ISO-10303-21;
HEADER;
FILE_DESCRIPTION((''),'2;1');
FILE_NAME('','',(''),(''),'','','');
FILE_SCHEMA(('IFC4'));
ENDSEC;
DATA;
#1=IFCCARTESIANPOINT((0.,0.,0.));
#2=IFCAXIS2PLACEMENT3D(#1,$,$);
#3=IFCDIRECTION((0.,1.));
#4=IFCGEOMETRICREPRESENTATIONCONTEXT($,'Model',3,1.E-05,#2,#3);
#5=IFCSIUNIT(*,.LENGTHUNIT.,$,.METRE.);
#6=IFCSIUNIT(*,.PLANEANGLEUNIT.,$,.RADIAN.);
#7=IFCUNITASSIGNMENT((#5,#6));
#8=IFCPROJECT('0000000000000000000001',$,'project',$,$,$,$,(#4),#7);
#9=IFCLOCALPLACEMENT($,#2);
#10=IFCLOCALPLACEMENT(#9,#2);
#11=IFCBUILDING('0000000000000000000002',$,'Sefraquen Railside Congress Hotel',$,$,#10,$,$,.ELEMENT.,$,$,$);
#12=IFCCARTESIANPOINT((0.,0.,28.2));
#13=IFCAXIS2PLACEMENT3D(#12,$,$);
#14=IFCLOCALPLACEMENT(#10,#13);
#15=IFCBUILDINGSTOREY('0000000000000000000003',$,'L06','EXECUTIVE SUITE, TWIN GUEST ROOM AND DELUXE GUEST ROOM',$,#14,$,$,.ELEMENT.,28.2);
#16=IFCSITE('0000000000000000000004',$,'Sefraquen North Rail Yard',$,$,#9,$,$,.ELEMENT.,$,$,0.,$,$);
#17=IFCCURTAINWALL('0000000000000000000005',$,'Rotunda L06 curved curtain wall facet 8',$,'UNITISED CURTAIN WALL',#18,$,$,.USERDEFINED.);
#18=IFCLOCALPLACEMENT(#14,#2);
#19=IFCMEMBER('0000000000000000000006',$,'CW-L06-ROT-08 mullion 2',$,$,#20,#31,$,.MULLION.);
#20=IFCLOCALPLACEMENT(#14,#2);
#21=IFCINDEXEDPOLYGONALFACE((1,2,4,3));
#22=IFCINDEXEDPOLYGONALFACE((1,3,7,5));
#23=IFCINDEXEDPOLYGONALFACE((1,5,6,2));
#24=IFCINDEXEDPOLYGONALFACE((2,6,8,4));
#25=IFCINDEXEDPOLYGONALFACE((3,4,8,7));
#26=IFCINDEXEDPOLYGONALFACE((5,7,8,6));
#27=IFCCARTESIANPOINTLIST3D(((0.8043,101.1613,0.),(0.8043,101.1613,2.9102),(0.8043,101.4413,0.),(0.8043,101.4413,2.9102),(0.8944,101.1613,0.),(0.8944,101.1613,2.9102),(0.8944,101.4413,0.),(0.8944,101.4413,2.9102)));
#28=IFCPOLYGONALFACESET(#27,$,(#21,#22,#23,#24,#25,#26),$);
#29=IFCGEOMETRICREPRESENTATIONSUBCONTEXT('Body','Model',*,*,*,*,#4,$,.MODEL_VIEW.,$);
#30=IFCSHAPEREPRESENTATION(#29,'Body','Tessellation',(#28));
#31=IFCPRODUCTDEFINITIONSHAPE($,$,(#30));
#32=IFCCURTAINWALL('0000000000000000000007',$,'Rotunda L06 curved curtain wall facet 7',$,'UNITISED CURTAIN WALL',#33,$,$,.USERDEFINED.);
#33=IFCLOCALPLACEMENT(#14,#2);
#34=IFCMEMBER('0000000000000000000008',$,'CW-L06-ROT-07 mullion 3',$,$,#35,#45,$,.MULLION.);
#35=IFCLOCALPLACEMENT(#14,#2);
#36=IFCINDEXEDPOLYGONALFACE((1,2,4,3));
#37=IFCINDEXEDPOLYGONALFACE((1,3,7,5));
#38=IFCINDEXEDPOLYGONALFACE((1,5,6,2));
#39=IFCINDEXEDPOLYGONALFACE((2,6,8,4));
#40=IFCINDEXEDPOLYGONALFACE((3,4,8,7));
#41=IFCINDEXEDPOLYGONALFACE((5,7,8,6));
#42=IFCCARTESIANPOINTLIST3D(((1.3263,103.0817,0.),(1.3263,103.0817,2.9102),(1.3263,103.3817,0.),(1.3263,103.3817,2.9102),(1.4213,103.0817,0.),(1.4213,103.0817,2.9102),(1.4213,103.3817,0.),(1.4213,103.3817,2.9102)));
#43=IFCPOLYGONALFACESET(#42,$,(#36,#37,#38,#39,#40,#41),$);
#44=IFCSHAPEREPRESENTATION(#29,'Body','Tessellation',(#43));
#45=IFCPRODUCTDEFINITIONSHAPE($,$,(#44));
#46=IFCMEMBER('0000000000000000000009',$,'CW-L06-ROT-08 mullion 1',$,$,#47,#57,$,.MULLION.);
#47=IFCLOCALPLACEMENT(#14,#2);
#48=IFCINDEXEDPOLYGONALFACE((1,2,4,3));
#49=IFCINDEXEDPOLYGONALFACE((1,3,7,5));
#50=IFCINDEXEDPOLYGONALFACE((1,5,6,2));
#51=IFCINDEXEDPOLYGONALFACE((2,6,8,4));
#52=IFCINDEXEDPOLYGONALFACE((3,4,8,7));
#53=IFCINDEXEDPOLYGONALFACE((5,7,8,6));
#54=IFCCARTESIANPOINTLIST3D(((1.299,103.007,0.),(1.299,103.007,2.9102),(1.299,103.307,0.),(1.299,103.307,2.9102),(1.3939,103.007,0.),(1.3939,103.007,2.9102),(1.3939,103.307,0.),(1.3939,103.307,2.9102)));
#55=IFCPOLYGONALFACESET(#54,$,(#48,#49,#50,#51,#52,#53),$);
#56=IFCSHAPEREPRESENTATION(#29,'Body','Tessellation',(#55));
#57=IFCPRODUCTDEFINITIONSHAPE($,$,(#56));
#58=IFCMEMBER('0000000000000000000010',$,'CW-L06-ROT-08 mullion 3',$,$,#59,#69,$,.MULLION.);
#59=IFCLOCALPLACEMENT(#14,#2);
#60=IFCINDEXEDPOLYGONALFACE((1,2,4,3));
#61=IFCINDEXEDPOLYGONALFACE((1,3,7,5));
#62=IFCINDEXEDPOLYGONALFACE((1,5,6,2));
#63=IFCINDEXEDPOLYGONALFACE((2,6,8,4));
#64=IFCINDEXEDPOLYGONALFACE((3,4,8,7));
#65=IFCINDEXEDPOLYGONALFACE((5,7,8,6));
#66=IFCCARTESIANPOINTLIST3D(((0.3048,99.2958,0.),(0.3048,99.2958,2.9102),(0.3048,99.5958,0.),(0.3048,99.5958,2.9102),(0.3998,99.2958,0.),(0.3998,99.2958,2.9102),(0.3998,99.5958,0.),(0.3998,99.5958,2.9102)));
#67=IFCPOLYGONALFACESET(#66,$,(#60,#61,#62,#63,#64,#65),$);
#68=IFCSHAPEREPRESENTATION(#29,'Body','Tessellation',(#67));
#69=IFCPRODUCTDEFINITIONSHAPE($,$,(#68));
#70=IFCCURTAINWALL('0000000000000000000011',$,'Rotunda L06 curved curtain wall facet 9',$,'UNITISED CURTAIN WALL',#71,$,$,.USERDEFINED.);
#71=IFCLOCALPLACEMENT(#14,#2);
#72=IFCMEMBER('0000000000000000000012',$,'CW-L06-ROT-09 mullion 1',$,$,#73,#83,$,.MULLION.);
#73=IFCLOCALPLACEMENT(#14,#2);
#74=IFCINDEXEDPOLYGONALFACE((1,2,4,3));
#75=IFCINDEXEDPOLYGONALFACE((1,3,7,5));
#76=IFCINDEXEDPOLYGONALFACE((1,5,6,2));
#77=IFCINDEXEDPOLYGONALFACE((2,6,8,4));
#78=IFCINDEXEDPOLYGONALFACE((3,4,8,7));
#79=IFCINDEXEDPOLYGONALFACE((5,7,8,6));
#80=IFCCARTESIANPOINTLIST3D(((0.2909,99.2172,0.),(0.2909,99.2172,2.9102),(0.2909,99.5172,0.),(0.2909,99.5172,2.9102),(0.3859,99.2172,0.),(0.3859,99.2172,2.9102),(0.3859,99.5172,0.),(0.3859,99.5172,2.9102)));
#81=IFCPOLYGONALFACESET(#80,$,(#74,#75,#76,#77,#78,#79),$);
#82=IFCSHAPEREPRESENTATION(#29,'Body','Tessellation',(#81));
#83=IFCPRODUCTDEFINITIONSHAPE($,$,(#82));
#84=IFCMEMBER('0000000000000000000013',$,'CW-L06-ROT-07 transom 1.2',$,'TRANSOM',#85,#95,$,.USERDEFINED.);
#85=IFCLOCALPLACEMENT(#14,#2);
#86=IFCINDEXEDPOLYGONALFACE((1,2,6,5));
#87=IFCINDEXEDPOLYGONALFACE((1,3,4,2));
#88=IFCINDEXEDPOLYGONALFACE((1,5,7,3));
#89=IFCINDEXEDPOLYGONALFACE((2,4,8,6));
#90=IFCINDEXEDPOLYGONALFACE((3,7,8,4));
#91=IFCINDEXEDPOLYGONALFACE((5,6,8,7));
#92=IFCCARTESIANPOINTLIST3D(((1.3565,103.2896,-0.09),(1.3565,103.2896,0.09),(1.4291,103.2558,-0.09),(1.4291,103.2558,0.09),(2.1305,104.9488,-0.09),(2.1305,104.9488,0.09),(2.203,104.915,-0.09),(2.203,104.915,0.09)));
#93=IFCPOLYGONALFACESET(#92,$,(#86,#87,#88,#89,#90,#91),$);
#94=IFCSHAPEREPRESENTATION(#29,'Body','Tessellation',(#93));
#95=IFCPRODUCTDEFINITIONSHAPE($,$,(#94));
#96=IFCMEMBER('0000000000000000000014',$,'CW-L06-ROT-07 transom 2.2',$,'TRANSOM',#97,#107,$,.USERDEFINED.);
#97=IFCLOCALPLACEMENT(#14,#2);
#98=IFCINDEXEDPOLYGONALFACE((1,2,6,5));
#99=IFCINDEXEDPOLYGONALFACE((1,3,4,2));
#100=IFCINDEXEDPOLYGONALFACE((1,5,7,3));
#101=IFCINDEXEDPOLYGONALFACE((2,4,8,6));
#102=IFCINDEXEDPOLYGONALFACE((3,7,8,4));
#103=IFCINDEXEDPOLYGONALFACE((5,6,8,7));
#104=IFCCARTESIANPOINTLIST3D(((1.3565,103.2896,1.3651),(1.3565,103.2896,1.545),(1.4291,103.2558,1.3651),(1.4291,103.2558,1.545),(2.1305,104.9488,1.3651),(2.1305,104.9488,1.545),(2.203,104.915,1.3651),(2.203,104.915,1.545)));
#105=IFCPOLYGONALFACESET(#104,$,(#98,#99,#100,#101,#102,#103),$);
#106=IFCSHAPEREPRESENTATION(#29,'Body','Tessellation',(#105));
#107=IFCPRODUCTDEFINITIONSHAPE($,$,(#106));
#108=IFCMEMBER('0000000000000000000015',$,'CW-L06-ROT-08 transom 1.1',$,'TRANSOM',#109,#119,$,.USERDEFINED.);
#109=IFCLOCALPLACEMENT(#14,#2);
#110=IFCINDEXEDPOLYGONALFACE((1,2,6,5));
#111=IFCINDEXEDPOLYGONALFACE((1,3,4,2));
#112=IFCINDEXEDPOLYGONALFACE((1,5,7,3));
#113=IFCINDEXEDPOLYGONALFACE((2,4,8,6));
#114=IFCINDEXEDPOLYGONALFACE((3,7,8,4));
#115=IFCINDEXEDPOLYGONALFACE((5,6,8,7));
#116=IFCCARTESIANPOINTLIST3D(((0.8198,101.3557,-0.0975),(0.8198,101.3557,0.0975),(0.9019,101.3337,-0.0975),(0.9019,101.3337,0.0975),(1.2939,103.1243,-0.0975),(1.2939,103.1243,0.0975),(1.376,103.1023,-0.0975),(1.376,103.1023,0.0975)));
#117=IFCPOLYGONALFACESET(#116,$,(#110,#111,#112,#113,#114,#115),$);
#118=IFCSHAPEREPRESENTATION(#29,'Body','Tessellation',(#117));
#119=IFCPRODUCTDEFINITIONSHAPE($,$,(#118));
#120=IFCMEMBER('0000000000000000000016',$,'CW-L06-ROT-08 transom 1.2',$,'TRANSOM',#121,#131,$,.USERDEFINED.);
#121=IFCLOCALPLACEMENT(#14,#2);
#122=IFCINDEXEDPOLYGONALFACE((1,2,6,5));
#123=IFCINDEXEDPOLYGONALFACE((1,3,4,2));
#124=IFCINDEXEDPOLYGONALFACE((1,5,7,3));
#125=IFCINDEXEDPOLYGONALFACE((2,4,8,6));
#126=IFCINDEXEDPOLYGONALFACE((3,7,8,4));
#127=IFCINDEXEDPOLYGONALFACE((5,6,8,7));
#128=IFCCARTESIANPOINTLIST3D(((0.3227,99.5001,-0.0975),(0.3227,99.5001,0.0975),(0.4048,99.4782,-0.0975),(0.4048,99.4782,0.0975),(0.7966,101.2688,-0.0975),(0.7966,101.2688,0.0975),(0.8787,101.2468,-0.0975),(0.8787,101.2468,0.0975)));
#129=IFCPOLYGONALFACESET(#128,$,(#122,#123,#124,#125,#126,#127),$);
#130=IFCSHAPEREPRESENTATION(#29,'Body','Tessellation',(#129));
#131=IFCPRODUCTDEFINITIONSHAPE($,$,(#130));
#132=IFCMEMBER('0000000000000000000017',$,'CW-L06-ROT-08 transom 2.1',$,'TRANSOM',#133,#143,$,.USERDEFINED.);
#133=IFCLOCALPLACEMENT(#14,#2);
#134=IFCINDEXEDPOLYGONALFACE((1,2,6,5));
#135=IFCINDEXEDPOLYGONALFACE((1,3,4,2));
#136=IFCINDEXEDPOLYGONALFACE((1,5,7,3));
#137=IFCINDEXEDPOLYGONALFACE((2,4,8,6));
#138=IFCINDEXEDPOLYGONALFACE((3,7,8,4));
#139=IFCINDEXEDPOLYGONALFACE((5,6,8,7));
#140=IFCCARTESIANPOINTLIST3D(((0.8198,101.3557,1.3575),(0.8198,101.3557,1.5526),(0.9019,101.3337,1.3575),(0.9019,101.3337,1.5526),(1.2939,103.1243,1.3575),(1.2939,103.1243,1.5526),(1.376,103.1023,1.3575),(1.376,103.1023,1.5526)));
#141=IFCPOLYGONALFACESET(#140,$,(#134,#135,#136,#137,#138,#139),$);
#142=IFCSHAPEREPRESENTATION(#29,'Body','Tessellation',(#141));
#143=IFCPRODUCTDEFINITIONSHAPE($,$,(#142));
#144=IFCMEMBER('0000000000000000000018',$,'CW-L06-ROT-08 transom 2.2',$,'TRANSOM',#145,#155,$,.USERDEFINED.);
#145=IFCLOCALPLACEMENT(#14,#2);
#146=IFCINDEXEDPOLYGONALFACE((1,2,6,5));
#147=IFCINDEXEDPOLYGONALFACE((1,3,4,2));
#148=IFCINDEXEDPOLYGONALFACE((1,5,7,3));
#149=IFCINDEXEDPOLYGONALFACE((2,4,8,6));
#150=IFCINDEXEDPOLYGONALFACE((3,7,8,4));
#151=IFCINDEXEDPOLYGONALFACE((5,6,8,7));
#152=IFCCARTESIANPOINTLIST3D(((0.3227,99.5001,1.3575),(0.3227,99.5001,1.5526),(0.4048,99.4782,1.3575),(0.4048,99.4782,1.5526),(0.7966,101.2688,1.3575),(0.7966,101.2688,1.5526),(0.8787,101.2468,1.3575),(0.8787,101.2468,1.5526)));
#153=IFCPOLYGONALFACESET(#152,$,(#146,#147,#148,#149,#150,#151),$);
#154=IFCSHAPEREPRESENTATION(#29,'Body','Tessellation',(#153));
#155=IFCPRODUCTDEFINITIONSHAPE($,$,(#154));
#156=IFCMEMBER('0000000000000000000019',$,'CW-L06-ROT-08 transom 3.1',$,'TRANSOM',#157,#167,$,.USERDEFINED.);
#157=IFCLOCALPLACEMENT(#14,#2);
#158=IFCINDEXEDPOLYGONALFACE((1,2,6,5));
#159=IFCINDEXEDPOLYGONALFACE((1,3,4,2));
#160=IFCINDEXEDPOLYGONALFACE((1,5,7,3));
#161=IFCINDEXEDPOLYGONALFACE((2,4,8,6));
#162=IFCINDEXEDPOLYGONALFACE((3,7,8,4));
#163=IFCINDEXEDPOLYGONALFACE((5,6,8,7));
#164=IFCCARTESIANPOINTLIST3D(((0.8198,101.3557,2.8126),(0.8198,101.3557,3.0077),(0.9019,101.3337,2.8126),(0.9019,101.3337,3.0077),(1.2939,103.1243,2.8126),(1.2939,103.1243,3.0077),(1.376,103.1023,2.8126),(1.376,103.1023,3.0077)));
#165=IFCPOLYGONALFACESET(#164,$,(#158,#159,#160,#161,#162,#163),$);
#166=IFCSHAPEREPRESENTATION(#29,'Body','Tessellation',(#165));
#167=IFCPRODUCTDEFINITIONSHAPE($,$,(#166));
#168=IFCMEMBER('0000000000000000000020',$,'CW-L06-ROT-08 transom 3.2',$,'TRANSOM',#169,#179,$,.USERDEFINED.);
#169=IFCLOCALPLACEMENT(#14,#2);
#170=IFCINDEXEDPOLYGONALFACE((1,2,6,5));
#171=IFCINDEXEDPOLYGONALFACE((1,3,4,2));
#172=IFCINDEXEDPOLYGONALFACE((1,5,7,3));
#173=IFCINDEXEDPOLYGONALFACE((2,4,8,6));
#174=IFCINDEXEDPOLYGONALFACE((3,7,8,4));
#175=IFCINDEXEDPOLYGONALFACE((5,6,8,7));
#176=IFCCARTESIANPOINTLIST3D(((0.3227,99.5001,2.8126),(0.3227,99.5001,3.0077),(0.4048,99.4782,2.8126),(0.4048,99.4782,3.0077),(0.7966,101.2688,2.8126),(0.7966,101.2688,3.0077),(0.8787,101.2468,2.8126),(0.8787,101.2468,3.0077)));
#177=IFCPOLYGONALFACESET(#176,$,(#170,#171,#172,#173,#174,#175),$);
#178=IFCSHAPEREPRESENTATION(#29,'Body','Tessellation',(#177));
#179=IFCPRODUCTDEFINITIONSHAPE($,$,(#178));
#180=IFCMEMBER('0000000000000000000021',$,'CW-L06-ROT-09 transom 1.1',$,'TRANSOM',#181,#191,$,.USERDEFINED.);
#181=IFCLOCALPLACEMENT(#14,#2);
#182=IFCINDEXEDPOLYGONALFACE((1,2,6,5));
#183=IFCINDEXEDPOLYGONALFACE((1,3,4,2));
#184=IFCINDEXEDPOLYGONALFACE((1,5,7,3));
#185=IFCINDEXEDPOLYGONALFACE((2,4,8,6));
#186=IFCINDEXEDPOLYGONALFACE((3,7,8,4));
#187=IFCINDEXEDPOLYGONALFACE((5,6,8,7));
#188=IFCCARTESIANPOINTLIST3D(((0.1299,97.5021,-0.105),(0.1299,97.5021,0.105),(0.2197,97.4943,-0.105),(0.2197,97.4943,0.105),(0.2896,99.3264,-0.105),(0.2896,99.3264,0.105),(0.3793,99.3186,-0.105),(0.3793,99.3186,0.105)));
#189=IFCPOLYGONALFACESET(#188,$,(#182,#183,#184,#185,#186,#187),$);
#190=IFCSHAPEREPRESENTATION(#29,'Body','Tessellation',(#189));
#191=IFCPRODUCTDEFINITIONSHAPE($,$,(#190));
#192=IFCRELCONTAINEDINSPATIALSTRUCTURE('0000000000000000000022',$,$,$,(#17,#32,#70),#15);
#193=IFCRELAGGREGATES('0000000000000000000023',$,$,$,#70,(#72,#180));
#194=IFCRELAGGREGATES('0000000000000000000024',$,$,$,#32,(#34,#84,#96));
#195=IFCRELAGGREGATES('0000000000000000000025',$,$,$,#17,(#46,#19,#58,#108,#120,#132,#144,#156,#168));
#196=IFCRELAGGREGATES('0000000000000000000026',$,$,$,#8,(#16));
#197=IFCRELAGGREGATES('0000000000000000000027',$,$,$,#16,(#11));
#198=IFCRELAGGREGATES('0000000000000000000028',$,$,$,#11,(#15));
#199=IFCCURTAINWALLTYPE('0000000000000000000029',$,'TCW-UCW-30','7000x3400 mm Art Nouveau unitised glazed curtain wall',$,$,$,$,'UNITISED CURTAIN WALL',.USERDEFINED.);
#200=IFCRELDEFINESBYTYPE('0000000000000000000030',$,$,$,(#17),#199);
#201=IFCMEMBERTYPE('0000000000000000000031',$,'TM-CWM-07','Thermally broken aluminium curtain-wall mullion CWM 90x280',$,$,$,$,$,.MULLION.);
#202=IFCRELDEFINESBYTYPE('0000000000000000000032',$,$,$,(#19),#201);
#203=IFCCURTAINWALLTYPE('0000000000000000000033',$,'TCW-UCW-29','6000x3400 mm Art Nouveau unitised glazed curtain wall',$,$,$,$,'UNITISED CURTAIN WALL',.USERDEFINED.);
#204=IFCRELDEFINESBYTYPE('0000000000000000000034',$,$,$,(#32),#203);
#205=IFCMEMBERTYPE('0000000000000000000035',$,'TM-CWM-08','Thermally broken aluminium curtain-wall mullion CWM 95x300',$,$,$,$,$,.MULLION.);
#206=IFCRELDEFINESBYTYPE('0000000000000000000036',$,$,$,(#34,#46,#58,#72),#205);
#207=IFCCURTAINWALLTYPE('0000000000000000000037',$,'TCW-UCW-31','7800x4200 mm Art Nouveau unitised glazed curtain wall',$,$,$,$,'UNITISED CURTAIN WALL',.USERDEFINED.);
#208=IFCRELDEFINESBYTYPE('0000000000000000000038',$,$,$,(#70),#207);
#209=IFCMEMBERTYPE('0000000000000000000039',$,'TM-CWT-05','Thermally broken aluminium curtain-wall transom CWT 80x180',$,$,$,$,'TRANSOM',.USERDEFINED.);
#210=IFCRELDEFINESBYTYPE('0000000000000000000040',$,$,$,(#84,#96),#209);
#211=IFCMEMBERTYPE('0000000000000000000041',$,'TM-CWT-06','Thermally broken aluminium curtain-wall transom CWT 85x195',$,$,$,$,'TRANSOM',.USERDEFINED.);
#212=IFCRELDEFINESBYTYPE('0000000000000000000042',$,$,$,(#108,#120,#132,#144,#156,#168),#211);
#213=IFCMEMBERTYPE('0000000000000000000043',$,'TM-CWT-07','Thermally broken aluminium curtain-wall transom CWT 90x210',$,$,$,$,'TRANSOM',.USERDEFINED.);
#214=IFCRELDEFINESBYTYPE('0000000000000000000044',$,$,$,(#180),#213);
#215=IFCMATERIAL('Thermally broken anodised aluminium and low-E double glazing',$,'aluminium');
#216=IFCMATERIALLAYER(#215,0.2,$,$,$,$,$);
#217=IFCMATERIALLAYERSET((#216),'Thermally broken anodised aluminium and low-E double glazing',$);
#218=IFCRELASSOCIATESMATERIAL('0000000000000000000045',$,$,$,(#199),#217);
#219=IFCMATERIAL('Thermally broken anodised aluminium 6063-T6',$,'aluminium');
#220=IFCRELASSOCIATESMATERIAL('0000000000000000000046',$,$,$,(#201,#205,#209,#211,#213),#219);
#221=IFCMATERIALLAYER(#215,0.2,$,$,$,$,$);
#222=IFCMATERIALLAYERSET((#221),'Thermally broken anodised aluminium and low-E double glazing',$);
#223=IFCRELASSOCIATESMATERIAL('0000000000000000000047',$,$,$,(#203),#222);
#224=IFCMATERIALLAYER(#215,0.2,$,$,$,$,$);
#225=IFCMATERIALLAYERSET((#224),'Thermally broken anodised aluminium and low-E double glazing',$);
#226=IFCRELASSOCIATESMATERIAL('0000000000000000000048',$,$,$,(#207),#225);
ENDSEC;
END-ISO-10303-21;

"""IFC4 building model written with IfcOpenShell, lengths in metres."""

from ifc_helpers import new_model, si_unit, direction, frame, origin, origin_2d, place, context, subcontext, project, spatial, rectangle, extrude, material, layer, layer_set, material_profile, profile_set, type_object, element, aggregate, save


model = new_model("IFC4")

# Units and contexts
model_context = context("Model", 3, precision=1e-05, world=origin(), true_north=direction((0.0, 1.0)))
body_context = subcontext(model_context, "Body", "Model", "MODEL_VIEW")
ifc_project = project(units=[si_unit("LENGTHUNIT", "METRE"), si_unit("PLANEANGLEUNIT", "RADIAN")], contexts=[model_context])

# Site, building, storey
site_placement = place(None, origin())
site = spatial("IfcSite", under=ifc_project, at=site_placement, Name="Sefraquen North Rail Yard", CompositionType="ELEMENT", RefElevation=0.0)
building_placement = place(site_placement, origin())
building = spatial("IfcBuilding", under=site, at=building_placement, Name="Sefraquen Railside Congress Hotel", CompositionType="ELEMENT")
storey_placement = place(building_placement, frame((0.0, 0.0, 28.2)))
storey = spatial("IfcBuildingStorey", under=building, at=storey_placement, Name="L06", Description="EXECUTIVE SUITE, TWIN GUEST ROOM AND DELUXE GUEST ROOM", CompositionType="ELEMENT", Elevation=28.2)

# Curtain walls, members
ifc_material_1 = material(Name="Thermally broken anodised aluminium and low-E double glazing", Category="aluminium")
ifc_layer_1 = layer(ifc_material_1, 0.2)
ifc_layer_set_1 = layer_set([ifc_layer_1], Name="Thermally broken anodised aluminium and low-E double glazing")
curtain_wall_type_1 = type_object("IfcCurtainWallType", Name="TCW-UCW-30", Description="7000x3400 mm Art Nouveau unitised glazed curtain wall", ElementType="UNITISED CURTAIN WALL", PredefinedType="USERDEFINED", material=ifc_layer_set_1)
curtain_wall_1_placement = place(storey_placement, origin())
curtain_wall_1 = element("IfcCurtainWall", 1, at=curtain_wall_1_placement, inside=storey, type_object=curtain_wall_type_1, Name="Rotunda L06 curved curtain wall facet 8", ObjectType="UNITISED CURTAIN WALL", PredefinedType="USERDEFINED")
ifc_material_2 = material(Name="Thermally broken anodised aluminium 6063-T6", Category="aluminium")
ifc_material_profile_1 = material_profile(ifc_material_2, rectangle(XDim=0.0901, YDim=0.28, at=origin_2d()), Name="CWM 90x280")
ifc_profile_set_1 = profile_set([ifc_material_profile_1], Name="Thermally broken anodised aluminium 6063-T6")
member_type_1 = type_object("IfcMemberType", Name="TM-CWM-07", Description="Thermally broken aluminium curtain-wall mullion CWM 90x280", PredefinedType="MULLION", material=ifc_profile_set_1)
member_1_placement = place(storey_placement, frame((0.8494, 101.3013, 0.0), z_axis=(0.0, 0.0, 1.0), x_axis=(1.0, 0.0, 0.0)))
member_1 = element("IfcMember", 2, at=member_1_placement, type_object=member_type_1, Name="CW-L06-ROT-08 mullion 2", PredefinedType="MULLION", context=body_context, shape_type="SweptSolid", body=[
    extrude(rectangle(XDim=0.0901, YDim=0.28, at=origin_2d()), origin(), (0.0, 0.0, 1.0), 2.9102),
])
ifc_layer_2 = layer(ifc_material_1, 0.2)
ifc_layer_set_2 = layer_set([ifc_layer_2], Name="Thermally broken anodised aluminium and low-E double glazing")
curtain_wall_type_2 = type_object("IfcCurtainWallType", Name="TCW-UCW-29", Description="6000x3400 mm Art Nouveau unitised glazed curtain wall", ElementType="UNITISED CURTAIN WALL", PredefinedType="USERDEFINED", material=ifc_layer_set_2)
curtain_wall_2_placement = place(storey_placement, origin())
curtain_wall_2 = element("IfcCurtainWall", 3, at=curtain_wall_2_placement, inside=storey, type_object=curtain_wall_type_2, Name="Rotunda L06 curved curtain wall facet 7", ObjectType="UNITISED CURTAIN WALL", PredefinedType="USERDEFINED")
ifc_material_profile_2 = material_profile(ifc_material_2, rectangle(XDim=0.095, YDim=0.3, at=origin_2d()), Name="CWM 95x300")
ifc_profile_set_2 = profile_set([ifc_material_profile_2], Name="Thermally broken anodised aluminium 6063-T6")
member_type_2 = type_object("IfcMemberType", Name="TM-CWM-08", Description="Thermally broken aluminium curtain-wall mullion CWM 95x300", PredefinedType="MULLION", material=ifc_profile_set_2)
member_2_placement = place(storey_placement, frame((1.3738, 103.2317, 0.0), z_axis=(0.0, 0.0, 1.0), x_axis=(1.0, 0.0, 0.0)))
member_2 = element("IfcMember", 4, at=member_2_placement, type_object=member_type_2, Name="CW-L06-ROT-07 mullion 3", PredefinedType="MULLION", context=body_context, shape_type="SweptSolid", body=[
    extrude(rectangle(XDim=0.095, YDim=0.3, at=origin_2d()), origin(), (0.0, 0.0, 1.0), 2.9102),
])

# Members
member_3_placement = place(storey_placement, frame((1.3464, 103.157, 0.0), z_axis=(0.0, 0.0, 1.0), x_axis=(1.0, 0.0, 0.0)))
member_3 = element("IfcMember", 5, at=member_3_placement, type_object=member_type_2, Name="CW-L06-ROT-08 mullion 1", PredefinedType="MULLION", context=body_context, shape_type="SweptSolid", body=[
    extrude(rectangle(XDim=0.095, YDim=0.3, at=origin_2d()), origin(), (0.0, 0.0, 1.0), 2.9102),
])
member_4_placement = place(storey_placement, frame((0.3523, 99.4458, 0.0), z_axis=(0.0, 0.0, 1.0), x_axis=(1.0, 0.0, 0.0)))
member_4 = element("IfcMember", 6, at=member_4_placement, type_object=member_type_2, Name="CW-L06-ROT-08 mullion 3", PredefinedType="MULLION", context=body_context, shape_type="SweptSolid", body=[
    extrude(rectangle(XDim=0.095, YDim=0.3, at=origin_2d()), origin(), (0.0, 0.0, 1.0), 2.9102),
])

# Curtain wall, member
ifc_layer_3 = layer(ifc_material_1, 0.2)
ifc_layer_set_3 = layer_set([ifc_layer_3], Name="Thermally broken anodised aluminium and low-E double glazing")
curtain_wall_type_3 = type_object("IfcCurtainWallType", Name="TCW-UCW-31", Description="7800x4200 mm Art Nouveau unitised glazed curtain wall", ElementType="UNITISED CURTAIN WALL", PredefinedType="USERDEFINED", material=ifc_layer_set_3)
curtain_wall_3_placement = place(storey_placement, origin())
curtain_wall_3 = element("IfcCurtainWall", 7, at=curtain_wall_3_placement, inside=storey, type_object=curtain_wall_type_3, Name="Rotunda L06 curved curtain wall facet 9", ObjectType="UNITISED CURTAIN WALL", PredefinedType="USERDEFINED")
member_5_placement = place(storey_placement, frame((0.3384, 99.3672, 0.0), z_axis=(0.0, 0.0, 1.0), x_axis=(1.0, 0.0, 0.0)))
member_5 = element("IfcMember", 8, at=member_5_placement, type_object=member_type_2, Name="CW-L06-ROT-09 mullion 1", PredefinedType="MULLION", context=body_context, shape_type="SweptSolid", body=[
    extrude(rectangle(XDim=0.095, YDim=0.3, at=origin_2d()), origin(), (0.0, 0.0, 1.0), 2.9102),
])

# Members
ifc_material_profile_3 = material_profile(ifc_material_2, rectangle(XDim=0.0801, YDim=0.1799, at=origin_2d()), Name="CWT 80x180")
ifc_profile_set_3 = profile_set([ifc_material_profile_3], Name="Thermally broken anodised aluminium 6063-T6")
member_type_3 = type_object("IfcMemberType", Name="TM-CWT-05", Description="Thermally broken aluminium curtain-wall transom CWT 80x180", ElementType="TRANSOM", PredefinedType="USERDEFINED", material=ifc_profile_set_3)
member_6_placement = place(storey_placement, frame((2.1667, 104.9319, 0.0), z_axis=(-0.422725, -0.906258, 0.0), x_axis=(0.906258, -0.422725, 0.0)))
member_6 = element("IfcMember", 9, at=member_6_placement, type_object=member_type_3, Name="CW-L06-ROT-07 transom 1.2", ObjectType="TRANSOM", PredefinedType="USERDEFINED", context=body_context, shape_type="SweptSolid", body=[
    extrude(rectangle(XDim=0.0801, YDim=0.1799, at=origin_2d()), origin(), (0.0, 0.0, 1.0), 1.8308),
])
member_7_placement = place(storey_placement, frame((2.1667, 104.9319, 1.4551), z_axis=(-0.422725, -0.906258, 0.0), x_axis=(0.906258, -0.422725, 0.0)))
member_7 = element("IfcMember", 10, at=member_7_placement, type_object=member_type_3, Name="CW-L06-ROT-07 transom 2.2", ObjectType="TRANSOM", PredefinedType="USERDEFINED", context=body_context, shape_type="SweptSolid", body=[
    extrude(rectangle(XDim=0.0801, YDim=0.1799, at=origin_2d()), origin(), (0.0, 0.0, 1.0), 1.8308),
])
ifc_material_profile_4 = material_profile(ifc_material_2, rectangle(XDim=0.085, YDim=0.1951, at=origin_2d()), Name="CWT 85x195")
ifc_profile_set_4 = profile_set([ifc_material_profile_4], Name="Thermally broken anodised aluminium 6063-T6")
member_type_4 = type_object("IfcMemberType", Name="TM-CWT-06", Description="Thermally broken aluminium curtain-wall transom CWT 85x195", ElementType="TRANSOM", PredefinedType="USERDEFINED", material=ifc_profile_set_4)
member_8_placement = place(storey_placement, frame((1.335, 103.1133, 0.0), z_axis=(-0.25894, -0.965893, 0.0), x_axis=(0.965893, -0.25894, 0.0)))
member_8 = element("IfcMember", 11, at=member_8_placement, type_object=member_type_4, Name="CW-L06-ROT-08 transom 1.1", ObjectType="TRANSOM", PredefinedType="USERDEFINED", context=body_context, shape_type="SweptSolid", body=[
    extrude(rectangle(XDim=0.085, YDim=0.1951, at=origin_2d()), origin(), (0.0, 0.0, 1.0), 1.8311),
])
member_9_placement = place(storey_placement, frame((0.8376, 101.2578, 0.0), z_axis=(-0.258816, -0.965927, 0.0), x_axis=(0.965927, -0.258816, 0.0)))
member_9 = element("IfcMember", 12, at=member_9_placement, type_object=member_type_4, Name="CW-L06-ROT-08 transom 1.2", ObjectType="TRANSOM", PredefinedType="USERDEFINED", context=body_context, shape_type="SweptSolid", body=[
    extrude(rectangle(XDim=0.085, YDim=0.1951, at=origin_2d()), origin(), (0.0, 0.0, 1.0), 1.8311),
])
member_10_placement = place(storey_placement, frame((1.335, 103.1133, 1.4551), z_axis=(-0.25894, -0.965893, 0.0), x_axis=(0.965893, -0.25894, 0.0)))
member_10 = element("IfcMember", 13, at=member_10_placement, type_object=member_type_4, Name="CW-L06-ROT-08 transom 2.1", ObjectType="TRANSOM", PredefinedType="USERDEFINED", context=body_context, shape_type="SweptSolid", body=[
    extrude(rectangle(XDim=0.085, YDim=0.1951, at=origin_2d()), origin(), (0.0, 0.0, 1.0), 1.8311),
])
member_11_placement = place(storey_placement, frame((0.8376, 101.2578, 1.4551), z_axis=(-0.258816, -0.965927, 0.0), x_axis=(0.965927, -0.258816, 0.0)))
member_11 = element("IfcMember", 14, at=member_11_placement, type_object=member_type_4, Name="CW-L06-ROT-08 transom 2.2", ObjectType="TRANSOM", PredefinedType="USERDEFINED", context=body_context, shape_type="SweptSolid", body=[
    extrude(rectangle(XDim=0.085, YDim=0.1951, at=origin_2d()), origin(), (0.0, 0.0, 1.0), 1.8311),
])
member_12_placement = place(storey_placement, frame((1.335, 103.1133, 2.9102), z_axis=(-0.25894, -0.965893, 0.0), x_axis=(0.965893, -0.25894, 0.0)))
member_12 = element("IfcMember", 15, at=member_12_placement, type_object=member_type_4, Name="CW-L06-ROT-08 transom 3.1", ObjectType="TRANSOM", PredefinedType="USERDEFINED", context=body_context, shape_type="SweptSolid", body=[
    extrude(rectangle(XDim=0.085, YDim=0.1951, at=origin_2d()), origin(), (0.0, 0.0, 1.0), 1.8311),
])
member_13_placement = place(storey_placement, frame((0.8376, 101.2578, 2.9102), z_axis=(-0.258816, -0.965927, 0.0), x_axis=(0.965927, -0.258816, 0.0)))
member_13 = element("IfcMember", 16, at=member_13_placement, type_object=member_type_4, Name="CW-L06-ROT-08 transom 3.2", ObjectType="TRANSOM", PredefinedType="USERDEFINED", context=body_context, shape_type="SweptSolid", body=[
    extrude(rectangle(XDim=0.085, YDim=0.1951, at=origin_2d()), origin(), (0.0, 0.0, 1.0), 1.8311),
])
ifc_material_profile_5 = material_profile(ifc_material_2, rectangle(XDim=0.0901, YDim=0.21, at=origin_2d()), Name="CWT 90x210")
ifc_profile_set_5 = profile_set([ifc_material_profile_5], Name="Thermally broken anodised aluminium 6063-T6")
member_type_5 = type_object("IfcMemberType", Name="TM-CWT-07", Description="Thermally broken aluminium curtain-wall transom CWT 90x210", ElementType="TRANSOM", PredefinedType="USERDEFINED", material=ifc_profile_set_5)
member_14_placement = place(storey_placement, frame((0.3345, 99.3225, 0.0), z_axis=(-0.087193, -0.996191, 0.0), x_axis=(0.996191, -0.087193, 0.0)))
member_14 = element("IfcMember", 17, at=member_14_placement, type_object=member_type_5, Name="CW-L06-ROT-09 transom 1.1", ObjectType="TRANSOM", PredefinedType="USERDEFINED", context=body_context, shape_type="SweptSolid", body=[
    extrude(rectangle(XDim=0.0901, YDim=0.21, at=origin_2d()), origin(), (0.0, 0.0, 1.0), 1.8313),
])
aggregate(curtain_wall_3, [member_5, member_14])

aggregate(curtain_wall_2, [member_2, member_6, member_7])
aggregate(curtain_wall_1, [member_3, member_1, member_4, member_8, member_9, member_10, member_11, member_12, member_13])

save(model, "model.ifc")
